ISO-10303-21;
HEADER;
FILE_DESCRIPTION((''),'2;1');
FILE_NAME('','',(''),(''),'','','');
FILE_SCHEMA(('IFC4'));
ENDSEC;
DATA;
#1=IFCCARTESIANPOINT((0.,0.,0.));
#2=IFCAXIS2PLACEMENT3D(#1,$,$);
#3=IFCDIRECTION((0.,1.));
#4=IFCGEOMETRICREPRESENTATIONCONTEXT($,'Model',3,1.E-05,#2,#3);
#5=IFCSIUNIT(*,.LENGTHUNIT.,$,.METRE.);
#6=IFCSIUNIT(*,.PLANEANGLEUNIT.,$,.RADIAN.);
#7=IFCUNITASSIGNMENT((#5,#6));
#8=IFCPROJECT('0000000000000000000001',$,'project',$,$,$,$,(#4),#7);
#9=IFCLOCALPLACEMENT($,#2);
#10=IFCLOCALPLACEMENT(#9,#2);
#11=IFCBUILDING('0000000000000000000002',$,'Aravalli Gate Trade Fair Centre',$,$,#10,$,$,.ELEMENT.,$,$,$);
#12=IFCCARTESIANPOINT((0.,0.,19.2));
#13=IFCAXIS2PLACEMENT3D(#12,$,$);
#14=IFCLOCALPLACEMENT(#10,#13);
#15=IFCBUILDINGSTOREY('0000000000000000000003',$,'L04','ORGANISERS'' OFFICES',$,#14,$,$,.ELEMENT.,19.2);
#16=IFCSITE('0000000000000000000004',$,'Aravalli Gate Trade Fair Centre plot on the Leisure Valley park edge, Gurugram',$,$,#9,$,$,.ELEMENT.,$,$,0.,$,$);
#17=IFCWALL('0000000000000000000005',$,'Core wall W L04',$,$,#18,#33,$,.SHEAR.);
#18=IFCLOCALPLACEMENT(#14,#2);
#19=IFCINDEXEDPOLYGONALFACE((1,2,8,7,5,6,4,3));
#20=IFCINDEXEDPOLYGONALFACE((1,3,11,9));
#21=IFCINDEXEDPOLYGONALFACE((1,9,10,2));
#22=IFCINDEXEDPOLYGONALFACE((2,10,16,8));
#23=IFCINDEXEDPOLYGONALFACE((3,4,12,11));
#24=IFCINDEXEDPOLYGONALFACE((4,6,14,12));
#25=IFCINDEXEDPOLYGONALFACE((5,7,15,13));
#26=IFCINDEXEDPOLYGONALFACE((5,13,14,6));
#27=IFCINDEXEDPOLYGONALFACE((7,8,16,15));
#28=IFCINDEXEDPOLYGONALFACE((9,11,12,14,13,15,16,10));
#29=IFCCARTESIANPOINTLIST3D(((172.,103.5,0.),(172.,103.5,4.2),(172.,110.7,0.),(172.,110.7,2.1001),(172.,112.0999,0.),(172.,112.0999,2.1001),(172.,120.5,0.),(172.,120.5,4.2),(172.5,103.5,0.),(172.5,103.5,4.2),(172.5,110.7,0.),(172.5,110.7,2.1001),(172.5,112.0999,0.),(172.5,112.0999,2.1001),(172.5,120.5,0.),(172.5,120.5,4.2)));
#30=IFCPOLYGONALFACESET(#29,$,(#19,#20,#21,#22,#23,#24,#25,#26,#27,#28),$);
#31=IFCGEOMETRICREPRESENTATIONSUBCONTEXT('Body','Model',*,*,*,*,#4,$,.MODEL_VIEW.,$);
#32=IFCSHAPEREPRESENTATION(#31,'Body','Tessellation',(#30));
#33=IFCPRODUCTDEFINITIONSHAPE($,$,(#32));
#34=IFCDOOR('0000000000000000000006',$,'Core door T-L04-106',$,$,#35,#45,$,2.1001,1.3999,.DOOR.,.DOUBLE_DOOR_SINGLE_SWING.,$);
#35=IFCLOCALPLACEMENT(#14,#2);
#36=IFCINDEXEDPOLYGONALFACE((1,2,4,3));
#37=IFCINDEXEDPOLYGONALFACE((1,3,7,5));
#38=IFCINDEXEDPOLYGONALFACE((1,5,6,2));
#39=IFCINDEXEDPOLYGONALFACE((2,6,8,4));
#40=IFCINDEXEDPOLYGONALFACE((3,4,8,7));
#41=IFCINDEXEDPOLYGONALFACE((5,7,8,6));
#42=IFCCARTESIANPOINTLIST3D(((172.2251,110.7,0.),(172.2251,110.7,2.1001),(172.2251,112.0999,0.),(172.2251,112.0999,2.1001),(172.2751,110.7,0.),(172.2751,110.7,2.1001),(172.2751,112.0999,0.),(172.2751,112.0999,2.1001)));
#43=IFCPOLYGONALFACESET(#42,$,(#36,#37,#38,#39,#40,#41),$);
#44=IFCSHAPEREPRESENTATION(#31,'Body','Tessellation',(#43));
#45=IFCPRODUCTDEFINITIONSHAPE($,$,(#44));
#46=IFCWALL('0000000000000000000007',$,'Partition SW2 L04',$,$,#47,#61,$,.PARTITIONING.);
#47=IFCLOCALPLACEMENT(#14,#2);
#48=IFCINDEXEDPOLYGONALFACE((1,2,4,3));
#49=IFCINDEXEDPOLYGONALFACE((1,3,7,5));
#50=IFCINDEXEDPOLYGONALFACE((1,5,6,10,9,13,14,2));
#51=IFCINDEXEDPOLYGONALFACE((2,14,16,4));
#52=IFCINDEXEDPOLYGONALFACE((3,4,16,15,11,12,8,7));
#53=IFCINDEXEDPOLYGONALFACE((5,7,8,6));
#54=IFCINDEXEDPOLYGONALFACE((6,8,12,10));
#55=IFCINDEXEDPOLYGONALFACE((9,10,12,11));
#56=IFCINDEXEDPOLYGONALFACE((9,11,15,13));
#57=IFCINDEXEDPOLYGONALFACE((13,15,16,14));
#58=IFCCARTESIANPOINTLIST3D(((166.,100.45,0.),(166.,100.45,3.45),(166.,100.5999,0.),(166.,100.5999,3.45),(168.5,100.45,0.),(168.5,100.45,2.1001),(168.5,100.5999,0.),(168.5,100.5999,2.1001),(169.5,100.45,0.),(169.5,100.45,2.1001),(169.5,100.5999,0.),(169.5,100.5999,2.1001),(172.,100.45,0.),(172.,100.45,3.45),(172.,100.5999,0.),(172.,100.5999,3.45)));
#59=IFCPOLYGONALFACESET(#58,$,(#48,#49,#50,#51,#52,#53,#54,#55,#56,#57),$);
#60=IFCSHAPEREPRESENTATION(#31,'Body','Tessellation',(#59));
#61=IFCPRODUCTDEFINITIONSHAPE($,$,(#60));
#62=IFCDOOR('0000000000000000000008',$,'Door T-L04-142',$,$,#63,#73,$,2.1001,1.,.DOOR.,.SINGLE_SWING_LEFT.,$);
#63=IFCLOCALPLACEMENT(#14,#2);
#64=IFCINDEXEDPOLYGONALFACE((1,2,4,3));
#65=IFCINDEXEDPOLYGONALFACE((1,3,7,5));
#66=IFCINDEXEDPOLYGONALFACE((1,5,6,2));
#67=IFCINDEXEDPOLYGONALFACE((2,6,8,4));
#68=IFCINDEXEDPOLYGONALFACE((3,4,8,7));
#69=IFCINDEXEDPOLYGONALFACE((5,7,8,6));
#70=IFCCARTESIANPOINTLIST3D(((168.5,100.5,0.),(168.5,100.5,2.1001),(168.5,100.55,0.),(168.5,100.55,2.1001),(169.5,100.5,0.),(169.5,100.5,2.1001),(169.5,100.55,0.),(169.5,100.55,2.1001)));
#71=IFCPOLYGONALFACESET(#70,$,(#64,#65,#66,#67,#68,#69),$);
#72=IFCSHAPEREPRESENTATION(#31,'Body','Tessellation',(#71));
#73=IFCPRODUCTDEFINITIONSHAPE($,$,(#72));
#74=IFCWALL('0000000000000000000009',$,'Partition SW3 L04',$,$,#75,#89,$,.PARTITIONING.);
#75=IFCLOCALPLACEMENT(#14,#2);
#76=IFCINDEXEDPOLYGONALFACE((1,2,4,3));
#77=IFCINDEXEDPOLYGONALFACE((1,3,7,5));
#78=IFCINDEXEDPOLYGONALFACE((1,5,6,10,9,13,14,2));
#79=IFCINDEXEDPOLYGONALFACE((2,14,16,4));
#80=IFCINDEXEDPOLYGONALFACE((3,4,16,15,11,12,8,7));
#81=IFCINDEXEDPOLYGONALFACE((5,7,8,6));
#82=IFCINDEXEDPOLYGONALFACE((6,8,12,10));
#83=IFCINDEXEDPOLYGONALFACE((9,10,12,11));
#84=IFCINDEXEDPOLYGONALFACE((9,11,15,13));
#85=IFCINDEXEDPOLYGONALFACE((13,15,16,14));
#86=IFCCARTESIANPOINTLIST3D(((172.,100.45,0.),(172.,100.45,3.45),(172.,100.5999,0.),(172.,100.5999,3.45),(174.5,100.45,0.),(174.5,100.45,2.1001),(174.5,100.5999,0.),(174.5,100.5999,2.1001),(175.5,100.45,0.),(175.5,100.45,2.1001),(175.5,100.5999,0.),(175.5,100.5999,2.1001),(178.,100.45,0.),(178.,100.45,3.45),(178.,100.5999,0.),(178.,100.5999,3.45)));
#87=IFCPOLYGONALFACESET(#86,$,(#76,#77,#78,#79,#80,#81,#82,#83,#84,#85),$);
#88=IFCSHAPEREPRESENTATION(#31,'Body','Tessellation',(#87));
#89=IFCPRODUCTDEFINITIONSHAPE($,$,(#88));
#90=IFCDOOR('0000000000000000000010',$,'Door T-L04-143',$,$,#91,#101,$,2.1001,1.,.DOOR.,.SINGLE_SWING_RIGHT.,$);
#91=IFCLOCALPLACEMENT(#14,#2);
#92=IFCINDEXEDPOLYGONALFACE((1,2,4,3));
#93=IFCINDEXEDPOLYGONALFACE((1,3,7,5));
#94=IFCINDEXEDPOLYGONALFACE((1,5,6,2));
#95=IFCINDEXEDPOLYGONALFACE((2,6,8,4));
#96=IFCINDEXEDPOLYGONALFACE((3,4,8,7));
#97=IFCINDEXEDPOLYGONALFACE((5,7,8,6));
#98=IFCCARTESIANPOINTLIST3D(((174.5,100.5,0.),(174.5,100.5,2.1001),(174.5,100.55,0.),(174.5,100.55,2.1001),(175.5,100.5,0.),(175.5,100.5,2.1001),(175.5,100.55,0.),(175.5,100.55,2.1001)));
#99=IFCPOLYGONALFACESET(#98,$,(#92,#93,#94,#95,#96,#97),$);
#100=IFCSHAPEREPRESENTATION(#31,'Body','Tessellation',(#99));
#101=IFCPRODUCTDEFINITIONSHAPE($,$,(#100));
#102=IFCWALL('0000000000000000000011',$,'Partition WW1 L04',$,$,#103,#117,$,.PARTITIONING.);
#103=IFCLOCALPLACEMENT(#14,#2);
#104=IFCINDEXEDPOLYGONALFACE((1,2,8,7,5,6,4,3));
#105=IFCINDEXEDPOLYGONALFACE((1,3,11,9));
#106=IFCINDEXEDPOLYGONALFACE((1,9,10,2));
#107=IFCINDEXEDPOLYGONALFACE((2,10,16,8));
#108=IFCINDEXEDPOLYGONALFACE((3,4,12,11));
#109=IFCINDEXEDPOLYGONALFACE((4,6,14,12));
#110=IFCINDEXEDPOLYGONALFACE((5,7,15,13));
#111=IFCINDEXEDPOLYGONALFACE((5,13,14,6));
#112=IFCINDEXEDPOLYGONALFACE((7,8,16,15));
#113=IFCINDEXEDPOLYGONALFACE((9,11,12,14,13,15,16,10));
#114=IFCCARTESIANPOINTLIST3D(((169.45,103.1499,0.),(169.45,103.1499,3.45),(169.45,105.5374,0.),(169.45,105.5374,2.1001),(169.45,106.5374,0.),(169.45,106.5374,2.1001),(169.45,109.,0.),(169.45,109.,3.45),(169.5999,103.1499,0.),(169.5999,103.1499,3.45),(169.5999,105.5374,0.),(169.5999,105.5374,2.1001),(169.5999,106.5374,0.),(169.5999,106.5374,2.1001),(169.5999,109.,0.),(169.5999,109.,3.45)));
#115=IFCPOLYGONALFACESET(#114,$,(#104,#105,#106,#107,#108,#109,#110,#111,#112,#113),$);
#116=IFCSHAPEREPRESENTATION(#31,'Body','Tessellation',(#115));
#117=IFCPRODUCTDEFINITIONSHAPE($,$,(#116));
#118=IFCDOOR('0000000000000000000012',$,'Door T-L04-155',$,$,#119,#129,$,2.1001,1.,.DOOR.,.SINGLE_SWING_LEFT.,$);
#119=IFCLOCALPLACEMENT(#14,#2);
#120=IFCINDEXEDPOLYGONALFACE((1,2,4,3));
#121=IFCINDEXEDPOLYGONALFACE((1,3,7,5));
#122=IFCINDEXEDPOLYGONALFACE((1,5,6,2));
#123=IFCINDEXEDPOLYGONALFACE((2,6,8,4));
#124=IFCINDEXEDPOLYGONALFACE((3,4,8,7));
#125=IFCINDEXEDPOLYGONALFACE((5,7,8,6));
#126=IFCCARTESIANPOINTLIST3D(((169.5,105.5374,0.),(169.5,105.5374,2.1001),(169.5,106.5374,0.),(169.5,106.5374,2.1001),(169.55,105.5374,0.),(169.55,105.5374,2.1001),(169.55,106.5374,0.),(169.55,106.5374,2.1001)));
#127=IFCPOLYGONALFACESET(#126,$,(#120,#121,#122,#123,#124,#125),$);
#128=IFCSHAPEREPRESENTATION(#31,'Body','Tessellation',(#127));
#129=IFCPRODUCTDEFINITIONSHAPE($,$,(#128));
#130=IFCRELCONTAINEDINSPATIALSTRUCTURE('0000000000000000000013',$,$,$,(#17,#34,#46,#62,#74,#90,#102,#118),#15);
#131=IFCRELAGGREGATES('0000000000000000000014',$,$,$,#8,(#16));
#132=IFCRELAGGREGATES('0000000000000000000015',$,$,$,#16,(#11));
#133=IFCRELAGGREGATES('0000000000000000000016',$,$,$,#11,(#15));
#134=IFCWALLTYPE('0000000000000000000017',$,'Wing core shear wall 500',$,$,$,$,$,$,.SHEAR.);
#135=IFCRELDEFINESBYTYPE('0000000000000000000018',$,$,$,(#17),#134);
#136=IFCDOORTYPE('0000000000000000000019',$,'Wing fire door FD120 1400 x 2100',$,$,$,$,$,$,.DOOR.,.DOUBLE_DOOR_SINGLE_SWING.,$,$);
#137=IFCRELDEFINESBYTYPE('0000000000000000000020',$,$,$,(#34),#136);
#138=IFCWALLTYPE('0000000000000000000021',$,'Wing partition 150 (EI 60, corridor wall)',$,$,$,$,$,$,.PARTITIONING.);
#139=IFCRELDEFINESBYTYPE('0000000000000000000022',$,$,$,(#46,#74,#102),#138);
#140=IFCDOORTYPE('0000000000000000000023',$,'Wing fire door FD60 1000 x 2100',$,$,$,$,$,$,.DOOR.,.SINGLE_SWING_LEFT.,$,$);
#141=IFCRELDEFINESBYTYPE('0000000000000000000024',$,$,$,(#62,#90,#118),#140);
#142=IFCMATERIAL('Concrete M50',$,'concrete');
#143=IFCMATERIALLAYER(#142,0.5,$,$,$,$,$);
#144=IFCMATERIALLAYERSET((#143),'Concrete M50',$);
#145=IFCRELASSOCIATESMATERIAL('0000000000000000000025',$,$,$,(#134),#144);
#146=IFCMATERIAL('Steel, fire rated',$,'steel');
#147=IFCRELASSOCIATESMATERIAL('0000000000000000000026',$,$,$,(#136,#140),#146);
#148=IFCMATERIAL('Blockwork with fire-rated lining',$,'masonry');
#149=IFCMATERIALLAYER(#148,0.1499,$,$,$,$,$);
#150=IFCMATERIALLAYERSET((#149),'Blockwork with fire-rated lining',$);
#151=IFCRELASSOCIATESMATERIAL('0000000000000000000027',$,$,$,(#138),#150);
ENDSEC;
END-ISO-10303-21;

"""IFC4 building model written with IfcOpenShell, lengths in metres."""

from ifc_helpers import new_model, si_unit, direction, frame, frame_2d, origin, place, context, subcontext, project, spatial, rectangle, extrude, material, layer, layer_set, type_object, element, fill, save


model = new_model("IFC4")

# Units and contexts
model_context = context("Model", 3, precision=1e-05, world=origin(), true_north=direction((0.0, 1.0)))
body_context = subcontext(model_context, "Body", "Model", "MODEL_VIEW")
ifc_project = project(units=[si_unit("LENGTHUNIT", "METRE"), si_unit("PLANEANGLEUNIT", "RADIAN")], contexts=[model_context])

# Site, building, storey
site_placement = place(None, origin())
site = spatial("IfcSite", under=ifc_project, at=site_placement, Name="Aravalli Gate Trade Fair Centre plot on the Leisure Valley park edge, Gurugram", CompositionType="ELEMENT", RefElevation=0.0)
building_placement = place(site_placement, origin())
building = spatial("IfcBuilding", under=site, at=building_placement, Name="Aravalli Gate Trade Fair Centre", CompositionType="ELEMENT")
storey_placement = place(building_placement, frame((0.0, 0.0, 19.2)))
storey = spatial("IfcBuildingStorey", under=building, at=storey_placement, Name="L04", Description="ORGANISERS' OFFICES", CompositionType="ELEMENT", Elevation=19.2)

# Shared definitions
ifc_material_1 = material(Name="Concrete M50", Category="concrete")
ifc_layer_1 = layer(ifc_material_1, 0.5)
ifc_layer_set_1 = layer_set([ifc_layer_1], Name="Concrete M50")
wall_type_1 = type_object("IfcWallType", Name="Wing core shear wall 500", PredefinedType="SHEAR", material=ifc_layer_set_1)
ifc_material_2 = material(Name="Steel, fire rated", Category="steel")

# Walls, openings, doors
wall_1_placement = place(storey_placement, frame((172.25, 103.5, 0.0), z_axis=(0.0, 0.0, 1.0), x_axis=(0.0, 1.0, 0.0)))
wall_1 = element("IfcWall", 1, at=wall_1_placement, inside=storey, type_object=wall_type_1, Name="Core wall W L04", PredefinedType="SHEAR", context=body_context, shape_type="SweptSolid", body=[
    extrude(rectangle(XDim=17.0, YDim=0.5, at=frame_2d((8.5, 0.0))), origin(), (0.0, 0.0, 1.0), 4.2),
])
opening_1_placement = place(wall_1_placement, frame((7.2, 0.0, 0.0)))
opening_1 = element("IfcOpeningElement", 2, at=opening_1_placement, cuts=wall_1, PredefinedType="OPENING", context=body_context, shape_type="SweptSolid", body=[
    extrude(rectangle(XDim=1.3999, YDim=2.1001, at=frame_2d((0.7, 1.05))), frame((0.0, 0.26, 0.0), z_axis=(0.0, -1.0, 0.0), x_axis=(1.0, 0.0, 0.0)), (0.0, 0.0, 1.0), 0.52),
])
door_type_1 = type_object("IfcDoorType", Name="Wing fire door FD120 1400 x 2100", OperationType="DOUBLE_DOOR_SINGLE_SWING", PredefinedType="DOOR", material=ifc_material_2)
door_1_placement = place(opening_1_placement, origin())
door_1 = element("IfcDoor", 3, at=door_1_placement, inside=storey, type_object=door_type_1, Name="Core door T-L04-106", OperationType="DOUBLE_DOOR_SINGLE_SWING", OverallHeight=2.1001, OverallWidth=1.3999, PredefinedType="DOOR", context=body_context, shape_type="SweptSolid", body=[
    extrude(rectangle(XDim=1.3999, YDim=2.1001, at=frame_2d((0.7, 1.05))), frame((0.0, 0.0249, 0.0), z_axis=(0.0, -1.0, 0.0), x_axis=(1.0, 0.0, 0.0)), (0.0, 0.0, 1.0), 0.05),
])
fill(opening_1, door_1)
ifc_material_3 = material(Name="Blockwork with fire-rated lining", Category="masonry")
ifc_layer_2 = layer(ifc_material_3, 0.1499)
ifc_layer_set_2 = layer_set([ifc_layer_2], Name="Blockwork with fire-rated lining")
wall_type_2 = type_object("IfcWallType", Name="Wing partition 150 (EI 60, corridor wall)", PredefinedType="PARTITIONING", material=ifc_layer_set_2)
wall_2_placement = place(storey_placement, frame((166.0, 100.5249, 0.0), z_axis=(0.0, 0.0, 1.0), x_axis=(1.0, 0.0, 0.0)))
wall_2 = element("IfcWall", 4, at=wall_2_placement, inside=storey, type_object=wall_type_2, Name="Partition SW2 L04", PredefinedType="PARTITIONING", context=body_context, shape_type="SweptSolid", body=[
    extrude(rectangle(XDim=6.0, YDim=0.1499, at=frame_2d((3.0, 0.0))), origin(), (0.0, 0.0, 1.0), 3.45),
])
opening_2_placement = place(wall_2_placement, frame((2.5, 0.0, 0.0)))
opening_2 = element("IfcOpeningElement", 5, at=opening_2_placement, cuts=wall_2, PredefinedType="OPENING", context=body_context, shape_type="SweptSolid", body=[
    extrude(rectangle(XDim=1.0, YDim=2.1001, at=frame_2d((0.5, 1.05))), frame((0.0, 0.085, 0.0), z_axis=(0.0, -1.0, 0.0), x_axis=(1.0, 0.0, 0.0)), (0.0, 0.0, 1.0), 0.1699),
])
door_type_2 = type_object("IfcDoorType", Name="Wing fire door FD60 1000 x 2100", OperationType="SINGLE_SWING_LEFT", PredefinedType="DOOR", material=ifc_material_2)
door_2_placement = place(opening_2_placement, frame((1.0, 0.0, 0.0), z_axis=(0.0, 0.0, 1.0), x_axis=(-1.0, 0.0, 0.0)))
door_2 = element("IfcDoor", 6, at=door_2_placement, inside=storey, type_object=door_type_2, Name="Door T-L04-142", OperationType="SINGLE_SWING_LEFT", OverallHeight=2.1001, OverallWidth=1.0, PredefinedType="DOOR", context=body_context, shape_type="SweptSolid", body=[
    extrude(rectangle(XDim=1.0, YDim=2.1001, at=frame_2d((0.5, 1.05))), frame((0.0, 0.0249, 0.0), z_axis=(0.0, -1.0, 0.0), x_axis=(1.0, 0.0, 0.0)), (0.0, 0.0, 1.0), 0.05),
])
fill(opening_2, door_2)
wall_3_placement = place(storey_placement, frame((172.0, 100.5249, 0.0), z_axis=(0.0, 0.0, 1.0), x_axis=(1.0, 0.0, 0.0)))
wall_3 = element("IfcWall", 7, at=wall_3_placement, inside=storey, type_object=wall_type_2, Name="Partition SW3 L04", PredefinedType="PARTITIONING", context=body_context, shape_type="SweptSolid", body=[
    extrude(rectangle(XDim=6.0, YDim=0.1499, at=frame_2d((3.0, 0.0))), origin(), (0.0, 0.0, 1.0), 3.45),
])
opening_3_placement = place(wall_3_placement, frame((2.5, 0.0, 0.0)))
opening_3 = element("IfcOpeningElement", 8, at=opening_3_placement, cuts=wall_3, PredefinedType="OPENING", context=body_context, shape_type="SweptSolid", body=[
    extrude(rectangle(XDim=1.0, YDim=2.1001, at=frame_2d((0.5, 1.05))), frame((0.0, 0.085, 0.0), z_axis=(0.0, -1.0, 0.0), x_axis=(1.0, 0.0, 0.0)), (0.0, 0.0, 1.0), 0.1699),
])
door_3_placement = place(opening_3_placement, frame((1.0, 0.0, 0.0), z_axis=(0.0, 0.0, 1.0), x_axis=(-1.0, 0.0, 0.0)))
door_3 = element("IfcDoor", 9, at=door_3_placement, inside=storey, type_object=door_type_2, Name="Door T-L04-143", OperationType="SINGLE_SWING_RIGHT", OverallHeight=2.1001, OverallWidth=1.0, PredefinedType="DOOR", context=body_context, shape_type="SweptSolid", body=[
    extrude(rectangle(XDim=1.0, YDim=2.1001, at=frame_2d((0.5, 1.05))), frame((0.0, 0.0249, 0.0), z_axis=(0.0, -1.0, 0.0), x_axis=(1.0, 0.0, 0.0)), (0.0, 0.0, 1.0), 0.05),
])
fill(opening_3, door_3)
wall_4_placement = place(storey_placement, frame((169.5249, 103.1499, 0.0), z_axis=(0.0, 0.0, 1.0), x_axis=(0.0, 1.0, 0.0)))
wall_4 = element("IfcWall", 10, at=wall_4_placement, inside=storey, type_object=wall_type_2, Name="Partition WW1 L04", PredefinedType="PARTITIONING", context=body_context, shape_type="SweptSolid", body=[
    extrude(rectangle(XDim=5.8501, YDim=0.1499, at=frame_2d((2.925, 0.0))), origin(), (0.0, 0.0, 1.0), 3.45),
])
opening_4_placement = place(wall_4_placement, frame((2.3875, 0.0, 0.0)))
opening_4 = element("IfcOpeningElement", 11, at=opening_4_placement, cuts=wall_4, PredefinedType="OPENING", context=body_context, shape_type="SweptSolid", body=[
    extrude(rectangle(XDim=1.0, YDim=2.1001, at=frame_2d((0.5, 1.05))), frame((0.0, 0.085, 0.0), z_axis=(0.0, -1.0, 0.0), x_axis=(1.0, 0.0, 0.0)), (0.0, 0.0, 1.0), 0.1699),
])
door_4_placement = place(opening_4_placement, origin())
door_4 = element("IfcDoor", 12, at=door_4_placement, inside=storey, type_object=door_type_2, Name="Door T-L04-155", OperationType="SINGLE_SWING_LEFT", OverallHeight=2.1001, OverallWidth=1.0, PredefinedType="DOOR", context=body_context, shape_type="SweptSolid", body=[
    extrude(rectangle(XDim=1.0, YDim=2.1001, at=frame_2d((0.5, 1.05))), frame((0.0, 0.0249, 0.0), z_axis=(0.0, -1.0, 0.0), x_axis=(1.0, 0.0, 0.0)), (0.0, 0.0, 1.0), 0.05),
])
fill(opening_4, door_4)

save(model, "model.ifc")
